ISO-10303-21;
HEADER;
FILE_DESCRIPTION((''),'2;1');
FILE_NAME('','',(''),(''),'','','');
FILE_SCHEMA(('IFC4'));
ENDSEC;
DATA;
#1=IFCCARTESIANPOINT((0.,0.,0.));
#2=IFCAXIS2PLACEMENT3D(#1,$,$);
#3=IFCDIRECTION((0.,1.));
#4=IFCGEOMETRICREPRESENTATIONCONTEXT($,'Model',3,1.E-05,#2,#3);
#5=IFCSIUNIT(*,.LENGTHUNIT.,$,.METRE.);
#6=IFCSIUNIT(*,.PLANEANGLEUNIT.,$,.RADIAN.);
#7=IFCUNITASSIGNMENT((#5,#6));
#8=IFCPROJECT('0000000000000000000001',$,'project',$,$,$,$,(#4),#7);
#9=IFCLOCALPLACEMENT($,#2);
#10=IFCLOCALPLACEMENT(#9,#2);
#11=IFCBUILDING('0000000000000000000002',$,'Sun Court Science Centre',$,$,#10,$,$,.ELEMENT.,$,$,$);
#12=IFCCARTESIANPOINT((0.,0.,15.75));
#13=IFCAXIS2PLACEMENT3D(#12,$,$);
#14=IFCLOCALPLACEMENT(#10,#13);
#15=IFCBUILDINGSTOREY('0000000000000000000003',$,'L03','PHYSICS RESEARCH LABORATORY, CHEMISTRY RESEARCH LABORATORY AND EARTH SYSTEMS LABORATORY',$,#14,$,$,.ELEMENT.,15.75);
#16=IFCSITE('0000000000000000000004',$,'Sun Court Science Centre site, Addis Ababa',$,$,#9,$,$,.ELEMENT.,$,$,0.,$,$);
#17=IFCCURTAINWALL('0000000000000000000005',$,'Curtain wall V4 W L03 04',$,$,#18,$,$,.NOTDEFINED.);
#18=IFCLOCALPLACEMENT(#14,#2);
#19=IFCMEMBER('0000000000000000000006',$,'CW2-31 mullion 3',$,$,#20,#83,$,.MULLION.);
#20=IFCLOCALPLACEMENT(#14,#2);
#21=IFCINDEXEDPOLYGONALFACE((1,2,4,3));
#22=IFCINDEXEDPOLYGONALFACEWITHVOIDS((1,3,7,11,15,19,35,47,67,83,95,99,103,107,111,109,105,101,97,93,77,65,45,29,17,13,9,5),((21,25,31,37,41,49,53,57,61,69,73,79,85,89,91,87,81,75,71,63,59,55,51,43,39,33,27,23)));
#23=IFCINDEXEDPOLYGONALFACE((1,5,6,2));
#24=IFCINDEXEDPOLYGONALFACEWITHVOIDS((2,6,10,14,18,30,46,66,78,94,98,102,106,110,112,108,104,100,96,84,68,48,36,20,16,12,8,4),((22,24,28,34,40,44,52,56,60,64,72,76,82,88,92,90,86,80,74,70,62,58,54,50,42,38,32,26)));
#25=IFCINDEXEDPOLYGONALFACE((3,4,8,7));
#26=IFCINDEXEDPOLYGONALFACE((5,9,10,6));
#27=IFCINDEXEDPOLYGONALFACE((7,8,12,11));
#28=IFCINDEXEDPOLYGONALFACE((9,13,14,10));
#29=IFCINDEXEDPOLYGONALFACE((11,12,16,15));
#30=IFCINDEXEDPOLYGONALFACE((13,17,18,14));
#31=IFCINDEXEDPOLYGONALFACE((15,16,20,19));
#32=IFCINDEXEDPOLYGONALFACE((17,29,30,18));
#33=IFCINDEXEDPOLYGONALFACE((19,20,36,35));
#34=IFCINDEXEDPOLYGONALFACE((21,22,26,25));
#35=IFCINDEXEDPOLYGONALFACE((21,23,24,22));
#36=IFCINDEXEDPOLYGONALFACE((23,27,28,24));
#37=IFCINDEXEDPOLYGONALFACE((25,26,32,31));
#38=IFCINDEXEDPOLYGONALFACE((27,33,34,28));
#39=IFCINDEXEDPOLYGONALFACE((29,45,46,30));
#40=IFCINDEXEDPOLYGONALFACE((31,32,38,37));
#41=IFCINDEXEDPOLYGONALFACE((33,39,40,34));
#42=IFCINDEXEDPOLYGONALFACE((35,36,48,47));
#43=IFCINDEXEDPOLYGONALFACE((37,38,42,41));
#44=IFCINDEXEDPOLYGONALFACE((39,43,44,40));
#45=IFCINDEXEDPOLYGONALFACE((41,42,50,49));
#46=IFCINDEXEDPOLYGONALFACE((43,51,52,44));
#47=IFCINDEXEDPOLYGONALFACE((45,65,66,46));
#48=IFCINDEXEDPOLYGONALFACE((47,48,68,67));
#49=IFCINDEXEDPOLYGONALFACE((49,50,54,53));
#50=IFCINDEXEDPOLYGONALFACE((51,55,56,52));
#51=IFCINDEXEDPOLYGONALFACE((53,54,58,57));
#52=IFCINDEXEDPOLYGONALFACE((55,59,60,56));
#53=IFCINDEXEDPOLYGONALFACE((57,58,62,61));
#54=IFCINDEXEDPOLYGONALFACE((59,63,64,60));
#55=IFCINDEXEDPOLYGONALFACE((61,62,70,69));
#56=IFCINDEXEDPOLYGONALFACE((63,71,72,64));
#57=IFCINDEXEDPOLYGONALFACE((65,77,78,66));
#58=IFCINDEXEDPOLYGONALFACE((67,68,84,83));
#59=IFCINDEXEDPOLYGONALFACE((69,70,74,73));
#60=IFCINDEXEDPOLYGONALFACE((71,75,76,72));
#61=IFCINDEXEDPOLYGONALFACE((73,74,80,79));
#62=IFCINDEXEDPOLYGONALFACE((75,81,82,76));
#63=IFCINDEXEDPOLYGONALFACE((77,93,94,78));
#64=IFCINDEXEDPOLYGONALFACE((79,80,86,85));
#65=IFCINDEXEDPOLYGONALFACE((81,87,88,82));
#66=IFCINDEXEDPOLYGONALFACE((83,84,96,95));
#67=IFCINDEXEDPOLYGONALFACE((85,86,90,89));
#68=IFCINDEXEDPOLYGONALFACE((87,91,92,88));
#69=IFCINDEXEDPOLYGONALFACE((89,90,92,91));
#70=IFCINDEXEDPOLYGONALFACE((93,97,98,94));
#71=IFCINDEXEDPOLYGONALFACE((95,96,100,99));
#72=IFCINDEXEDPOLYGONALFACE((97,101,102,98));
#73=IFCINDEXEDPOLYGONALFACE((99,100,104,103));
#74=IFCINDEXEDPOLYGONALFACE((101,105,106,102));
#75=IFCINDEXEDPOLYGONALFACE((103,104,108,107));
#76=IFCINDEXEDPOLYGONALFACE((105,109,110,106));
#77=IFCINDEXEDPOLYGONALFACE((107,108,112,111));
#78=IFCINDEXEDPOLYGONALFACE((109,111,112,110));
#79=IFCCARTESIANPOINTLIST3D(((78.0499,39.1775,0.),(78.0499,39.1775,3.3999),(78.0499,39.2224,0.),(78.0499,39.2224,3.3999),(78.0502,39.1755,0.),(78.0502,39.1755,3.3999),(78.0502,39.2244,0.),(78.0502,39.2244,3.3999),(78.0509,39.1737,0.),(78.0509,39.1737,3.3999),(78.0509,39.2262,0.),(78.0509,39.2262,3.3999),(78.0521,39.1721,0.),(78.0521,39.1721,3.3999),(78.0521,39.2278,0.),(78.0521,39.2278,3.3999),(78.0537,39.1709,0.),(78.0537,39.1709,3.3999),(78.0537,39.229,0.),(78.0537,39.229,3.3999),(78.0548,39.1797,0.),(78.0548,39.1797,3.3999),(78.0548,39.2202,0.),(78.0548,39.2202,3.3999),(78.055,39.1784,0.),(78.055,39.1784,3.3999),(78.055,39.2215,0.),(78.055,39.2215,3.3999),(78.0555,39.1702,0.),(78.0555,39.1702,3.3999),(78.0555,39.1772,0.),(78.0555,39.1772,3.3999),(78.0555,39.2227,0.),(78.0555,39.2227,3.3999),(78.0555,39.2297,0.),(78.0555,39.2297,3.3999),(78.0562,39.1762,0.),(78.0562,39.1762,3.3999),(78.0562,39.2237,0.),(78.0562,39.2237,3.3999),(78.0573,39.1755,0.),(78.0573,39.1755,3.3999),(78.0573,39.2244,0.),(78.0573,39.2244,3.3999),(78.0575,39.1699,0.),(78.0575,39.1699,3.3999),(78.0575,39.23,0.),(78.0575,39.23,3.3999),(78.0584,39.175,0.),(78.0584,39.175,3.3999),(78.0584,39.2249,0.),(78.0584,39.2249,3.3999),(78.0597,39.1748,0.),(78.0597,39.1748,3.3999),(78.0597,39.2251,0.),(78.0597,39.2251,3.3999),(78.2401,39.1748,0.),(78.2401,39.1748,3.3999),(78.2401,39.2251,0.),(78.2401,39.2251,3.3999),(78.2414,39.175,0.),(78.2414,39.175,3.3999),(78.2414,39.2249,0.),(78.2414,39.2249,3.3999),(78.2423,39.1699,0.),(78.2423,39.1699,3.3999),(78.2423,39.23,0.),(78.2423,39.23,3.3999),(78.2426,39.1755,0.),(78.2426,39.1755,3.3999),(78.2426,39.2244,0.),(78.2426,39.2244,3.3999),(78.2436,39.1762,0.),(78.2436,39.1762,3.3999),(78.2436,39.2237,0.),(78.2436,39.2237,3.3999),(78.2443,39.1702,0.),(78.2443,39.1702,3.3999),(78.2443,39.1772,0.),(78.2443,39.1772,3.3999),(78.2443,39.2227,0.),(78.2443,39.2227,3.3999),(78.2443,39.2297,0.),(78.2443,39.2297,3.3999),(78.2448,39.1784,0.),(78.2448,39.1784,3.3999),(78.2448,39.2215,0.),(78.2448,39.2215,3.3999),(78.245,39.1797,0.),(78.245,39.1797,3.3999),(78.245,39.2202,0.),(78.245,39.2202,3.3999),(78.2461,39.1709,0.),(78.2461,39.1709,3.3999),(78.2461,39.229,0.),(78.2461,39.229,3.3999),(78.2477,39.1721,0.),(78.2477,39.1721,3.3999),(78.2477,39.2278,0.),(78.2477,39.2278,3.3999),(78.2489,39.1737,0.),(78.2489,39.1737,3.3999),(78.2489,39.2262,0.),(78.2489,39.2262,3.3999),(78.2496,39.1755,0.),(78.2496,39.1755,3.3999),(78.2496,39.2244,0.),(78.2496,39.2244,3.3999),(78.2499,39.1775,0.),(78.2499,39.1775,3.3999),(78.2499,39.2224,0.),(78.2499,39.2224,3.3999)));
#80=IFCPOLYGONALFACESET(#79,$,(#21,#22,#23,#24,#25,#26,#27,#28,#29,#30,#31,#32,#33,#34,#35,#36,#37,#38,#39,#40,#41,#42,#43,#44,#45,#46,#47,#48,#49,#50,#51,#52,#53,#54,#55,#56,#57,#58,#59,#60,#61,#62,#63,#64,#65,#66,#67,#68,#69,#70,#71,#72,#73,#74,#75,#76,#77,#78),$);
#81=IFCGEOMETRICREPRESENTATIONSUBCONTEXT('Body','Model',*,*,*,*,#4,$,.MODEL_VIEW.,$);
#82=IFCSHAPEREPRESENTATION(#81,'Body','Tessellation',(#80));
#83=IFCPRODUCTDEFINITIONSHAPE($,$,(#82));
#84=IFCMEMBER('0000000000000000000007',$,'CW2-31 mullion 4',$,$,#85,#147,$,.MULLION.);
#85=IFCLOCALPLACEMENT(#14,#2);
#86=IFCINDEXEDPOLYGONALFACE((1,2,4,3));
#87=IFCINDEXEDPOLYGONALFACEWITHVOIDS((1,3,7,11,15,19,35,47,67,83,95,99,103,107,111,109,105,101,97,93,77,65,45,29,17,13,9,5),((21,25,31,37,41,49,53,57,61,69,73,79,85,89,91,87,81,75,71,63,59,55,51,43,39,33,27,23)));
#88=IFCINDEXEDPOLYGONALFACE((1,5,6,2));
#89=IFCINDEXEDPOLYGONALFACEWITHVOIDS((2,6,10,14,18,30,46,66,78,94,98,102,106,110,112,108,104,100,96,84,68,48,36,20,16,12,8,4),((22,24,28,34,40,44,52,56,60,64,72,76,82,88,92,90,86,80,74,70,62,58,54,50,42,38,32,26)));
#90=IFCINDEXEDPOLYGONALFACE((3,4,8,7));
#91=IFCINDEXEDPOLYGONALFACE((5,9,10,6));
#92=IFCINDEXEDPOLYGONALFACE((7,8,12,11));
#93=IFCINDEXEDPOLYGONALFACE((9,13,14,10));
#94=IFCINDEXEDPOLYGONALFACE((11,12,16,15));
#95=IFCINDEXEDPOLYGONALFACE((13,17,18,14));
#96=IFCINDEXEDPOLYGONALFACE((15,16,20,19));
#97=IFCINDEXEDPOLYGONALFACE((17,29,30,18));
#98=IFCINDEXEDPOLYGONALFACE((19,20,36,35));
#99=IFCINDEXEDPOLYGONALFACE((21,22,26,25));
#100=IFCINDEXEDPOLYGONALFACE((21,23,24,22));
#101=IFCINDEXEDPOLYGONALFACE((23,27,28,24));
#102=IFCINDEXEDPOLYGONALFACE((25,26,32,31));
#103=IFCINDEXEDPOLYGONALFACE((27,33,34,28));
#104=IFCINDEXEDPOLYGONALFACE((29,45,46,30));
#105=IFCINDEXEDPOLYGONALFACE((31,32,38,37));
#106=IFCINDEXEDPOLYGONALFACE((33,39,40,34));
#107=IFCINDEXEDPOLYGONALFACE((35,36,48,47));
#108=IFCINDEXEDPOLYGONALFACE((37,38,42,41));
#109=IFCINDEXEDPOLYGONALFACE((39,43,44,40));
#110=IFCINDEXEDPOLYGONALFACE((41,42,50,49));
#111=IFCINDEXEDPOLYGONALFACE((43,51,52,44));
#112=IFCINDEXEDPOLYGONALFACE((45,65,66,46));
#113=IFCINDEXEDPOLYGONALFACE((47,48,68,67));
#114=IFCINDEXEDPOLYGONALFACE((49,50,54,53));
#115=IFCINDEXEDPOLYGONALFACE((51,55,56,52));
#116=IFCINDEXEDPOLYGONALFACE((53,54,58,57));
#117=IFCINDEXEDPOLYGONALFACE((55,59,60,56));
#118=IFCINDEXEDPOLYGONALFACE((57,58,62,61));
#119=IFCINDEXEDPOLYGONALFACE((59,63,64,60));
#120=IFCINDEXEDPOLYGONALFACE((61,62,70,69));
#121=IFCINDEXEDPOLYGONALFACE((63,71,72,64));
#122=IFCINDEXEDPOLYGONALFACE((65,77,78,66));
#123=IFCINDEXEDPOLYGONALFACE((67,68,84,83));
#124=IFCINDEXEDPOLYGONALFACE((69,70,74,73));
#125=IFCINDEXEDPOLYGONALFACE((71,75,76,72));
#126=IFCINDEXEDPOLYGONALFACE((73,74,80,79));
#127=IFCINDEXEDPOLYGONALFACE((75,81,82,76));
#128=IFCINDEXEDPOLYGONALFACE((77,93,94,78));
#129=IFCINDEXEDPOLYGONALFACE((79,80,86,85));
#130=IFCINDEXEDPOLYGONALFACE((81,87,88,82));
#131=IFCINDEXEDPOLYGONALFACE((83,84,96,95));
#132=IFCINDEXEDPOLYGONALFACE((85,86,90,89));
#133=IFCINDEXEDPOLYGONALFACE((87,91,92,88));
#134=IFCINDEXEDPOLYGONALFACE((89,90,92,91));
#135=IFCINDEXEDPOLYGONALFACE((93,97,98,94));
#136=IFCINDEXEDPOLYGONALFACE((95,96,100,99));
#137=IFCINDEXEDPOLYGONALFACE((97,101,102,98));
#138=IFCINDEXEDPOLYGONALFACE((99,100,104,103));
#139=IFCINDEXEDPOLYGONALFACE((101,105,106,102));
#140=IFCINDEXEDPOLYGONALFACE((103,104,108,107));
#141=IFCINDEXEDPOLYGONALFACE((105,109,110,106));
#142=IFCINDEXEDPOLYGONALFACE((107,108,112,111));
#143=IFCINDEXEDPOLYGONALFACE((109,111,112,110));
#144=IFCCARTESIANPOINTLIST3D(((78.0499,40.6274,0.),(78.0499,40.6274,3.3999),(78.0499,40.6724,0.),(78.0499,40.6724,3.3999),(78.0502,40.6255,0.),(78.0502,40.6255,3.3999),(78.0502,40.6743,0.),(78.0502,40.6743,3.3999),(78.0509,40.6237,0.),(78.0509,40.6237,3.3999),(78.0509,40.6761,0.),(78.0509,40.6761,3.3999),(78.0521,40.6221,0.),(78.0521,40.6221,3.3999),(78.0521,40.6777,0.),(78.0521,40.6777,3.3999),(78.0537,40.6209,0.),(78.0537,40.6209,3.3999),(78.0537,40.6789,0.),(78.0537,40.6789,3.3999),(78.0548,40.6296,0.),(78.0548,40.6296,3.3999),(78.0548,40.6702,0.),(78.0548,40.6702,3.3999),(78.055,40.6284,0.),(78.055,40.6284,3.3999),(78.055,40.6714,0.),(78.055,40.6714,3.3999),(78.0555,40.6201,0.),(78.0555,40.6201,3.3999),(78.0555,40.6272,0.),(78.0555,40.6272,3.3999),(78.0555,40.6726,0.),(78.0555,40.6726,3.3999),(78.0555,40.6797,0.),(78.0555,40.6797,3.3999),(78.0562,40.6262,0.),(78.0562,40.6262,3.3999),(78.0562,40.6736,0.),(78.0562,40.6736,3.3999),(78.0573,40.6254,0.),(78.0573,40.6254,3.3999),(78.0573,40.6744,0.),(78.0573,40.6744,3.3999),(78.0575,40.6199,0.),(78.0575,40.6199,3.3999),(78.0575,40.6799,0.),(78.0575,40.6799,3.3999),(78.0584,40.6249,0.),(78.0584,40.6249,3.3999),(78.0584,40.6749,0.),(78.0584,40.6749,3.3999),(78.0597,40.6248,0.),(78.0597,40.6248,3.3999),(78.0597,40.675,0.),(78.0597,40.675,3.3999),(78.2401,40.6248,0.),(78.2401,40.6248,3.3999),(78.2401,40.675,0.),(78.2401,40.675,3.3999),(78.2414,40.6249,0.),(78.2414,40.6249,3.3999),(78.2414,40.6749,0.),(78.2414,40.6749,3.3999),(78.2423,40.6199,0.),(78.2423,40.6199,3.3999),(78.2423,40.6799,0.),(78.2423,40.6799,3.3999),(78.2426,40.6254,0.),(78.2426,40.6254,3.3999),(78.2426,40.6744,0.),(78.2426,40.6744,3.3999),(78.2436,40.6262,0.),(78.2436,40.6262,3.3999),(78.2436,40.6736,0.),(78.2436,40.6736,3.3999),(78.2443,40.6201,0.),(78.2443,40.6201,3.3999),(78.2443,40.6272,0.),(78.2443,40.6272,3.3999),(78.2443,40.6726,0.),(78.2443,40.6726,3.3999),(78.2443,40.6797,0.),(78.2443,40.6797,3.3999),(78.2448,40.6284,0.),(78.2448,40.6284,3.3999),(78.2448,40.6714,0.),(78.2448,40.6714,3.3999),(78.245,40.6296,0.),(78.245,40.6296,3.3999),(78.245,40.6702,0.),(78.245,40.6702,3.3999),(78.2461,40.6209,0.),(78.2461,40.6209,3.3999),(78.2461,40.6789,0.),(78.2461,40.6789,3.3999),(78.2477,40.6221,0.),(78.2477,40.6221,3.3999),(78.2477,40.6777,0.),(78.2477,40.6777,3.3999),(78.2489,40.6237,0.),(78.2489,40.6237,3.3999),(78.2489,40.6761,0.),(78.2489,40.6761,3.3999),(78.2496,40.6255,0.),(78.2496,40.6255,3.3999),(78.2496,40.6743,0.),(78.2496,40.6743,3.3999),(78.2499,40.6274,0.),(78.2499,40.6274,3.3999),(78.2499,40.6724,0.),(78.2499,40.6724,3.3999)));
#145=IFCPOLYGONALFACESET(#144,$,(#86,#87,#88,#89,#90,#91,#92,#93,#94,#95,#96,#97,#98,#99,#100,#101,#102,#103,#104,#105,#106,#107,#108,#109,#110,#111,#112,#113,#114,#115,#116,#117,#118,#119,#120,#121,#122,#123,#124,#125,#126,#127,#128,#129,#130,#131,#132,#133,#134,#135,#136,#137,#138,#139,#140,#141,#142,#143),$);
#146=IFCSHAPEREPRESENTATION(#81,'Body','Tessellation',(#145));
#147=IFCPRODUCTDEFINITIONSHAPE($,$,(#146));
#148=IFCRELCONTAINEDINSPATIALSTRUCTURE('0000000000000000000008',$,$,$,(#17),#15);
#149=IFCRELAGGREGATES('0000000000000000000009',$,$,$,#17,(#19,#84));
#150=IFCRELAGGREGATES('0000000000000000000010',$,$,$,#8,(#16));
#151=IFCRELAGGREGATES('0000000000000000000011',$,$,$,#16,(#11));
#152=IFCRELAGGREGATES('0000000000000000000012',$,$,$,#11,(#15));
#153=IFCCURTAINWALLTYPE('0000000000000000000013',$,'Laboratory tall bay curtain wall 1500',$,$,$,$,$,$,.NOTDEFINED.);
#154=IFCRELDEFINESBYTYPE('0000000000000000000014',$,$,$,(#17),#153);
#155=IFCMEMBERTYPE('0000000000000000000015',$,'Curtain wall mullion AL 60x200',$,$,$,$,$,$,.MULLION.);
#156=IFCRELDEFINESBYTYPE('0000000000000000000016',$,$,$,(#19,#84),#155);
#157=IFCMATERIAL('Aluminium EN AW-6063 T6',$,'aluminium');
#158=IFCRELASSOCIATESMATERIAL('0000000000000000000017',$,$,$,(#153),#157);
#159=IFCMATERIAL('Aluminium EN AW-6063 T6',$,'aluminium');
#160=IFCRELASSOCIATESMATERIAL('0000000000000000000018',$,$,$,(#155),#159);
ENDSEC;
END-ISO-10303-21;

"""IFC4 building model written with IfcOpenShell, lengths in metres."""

from ifc_helpers import new_model, si_unit, direction, frame, origin, origin_2d, place, context, subcontext, project, spatial, hollow_rectangle, extrude, material, material_profile, profile_set, type_object, element, aggregate, save


model = new_model("IFC4")

# Units and contexts
model_context = context("Model", 3, precision=1e-05, world=origin(), true_north=direction((0.0, 1.0)))
body_context = subcontext(model_context, "Body", "Model", "MODEL_VIEW")
ifc_project = project(units=[si_unit("LENGTHUNIT", "METRE"), si_unit("PLANEANGLEUNIT", "RADIAN")], contexts=[model_context])

# Site, building, storey
site_placement = place(None, origin())
site = spatial("IfcSite", under=ifc_project, at=site_placement, Name="Sun Court Science Centre site, Addis Ababa", CompositionType="ELEMENT", RefElevation=0.0)
building_placement = place(site_placement, origin())
building = spatial("IfcBuilding", under=site, at=building_placement, Name="Sun Court Science Centre", CompositionType="ELEMENT")
storey_placement = place(building_placement, frame((0.0, 0.0, 15.75)))
storey = spatial("IfcBuildingStorey", under=building, at=storey_placement, Name="L03", Description="PHYSICS RESEARCH LABORATORY, CHEMISTRY RESEARCH LABORATORY AND EARTH SYSTEMS LABORATORY", CompositionType="ELEMENT", Elevation=15.75)

# Curtain wall, members
ifc_material_1 = material(Name="Aluminium EN AW-6063 T6", Category="aluminium")
curtain_wall_type = type_object("IfcCurtainWallType", Name="Laboratory tall bay curtain wall 1500", PredefinedType="NOTDEFINED", material=ifc_material_1)
curtain_wall_1_placement = place(storey_placement, origin())
curtain_wall_1 = element("IfcCurtainWall", 1, at=curtain_wall_1_placement, inside=storey, type_object=curtain_wall_type, Name="Curtain wall V4 W L03 04", PredefinedType="NOTDEFINED")
ifc_material_2 = material(Name="Aluminium EN AW-6063 T6", Category="aluminium")
ifc_material_profile_1 = material_profile(ifc_material_2, hollow_rectangle(XDim=0.0601, YDim=0.2, WallThickness=0.0049, InnerFilletRadius=0.0049, OuterFilletRadius=0.0076, at=origin_2d()), Name="AL 60x200x5")
ifc_profile_set_1 = profile_set([ifc_material_profile_1], Name="Aluminium EN AW-6063 T6")
member_type_1 = type_object("IfcMemberType", Name="Curtain wall mullion AL 60x200", PredefinedType="MULLION", material=ifc_profile_set_1)
member_1_placement = place(storey_placement, frame((78.1499, 39.2, 0.0), z_axis=(0.0, 0.0, 1.0), x_axis=(0.0, 1.0, 0.0)))
member_1 = element("IfcMember", 2, at=member_1_placement, type_object=member_type_1, Name="CW2-31 mullion 3", PredefinedType="MULLION", context=body_context, shape_type="SweptSolid", body=[
    extrude(hollow_rectangle(XDim=0.0601, YDim=0.2, WallThickness=0.0049, InnerFilletRadius=0.0049, OuterFilletRadius=0.0076, at=origin_2d()), origin(), (0.0, 0.0, 1.0), 3.3999),
])
member_2_placement = place(storey_placement, frame((78.1499, 40.6499, 0.0), z_axis=(0.0, 0.0, 1.0), x_axis=(0.0, 1.0, 0.0)))
member_2 = element("IfcMember", 3, at=member_2_placement, type_object=member_type_1, Name="CW2-31 mullion 4", PredefinedType="MULLION", context=body_context, shape_type="SweptSolid", body=[
    extrude(hollow_rectangle(XDim=0.0601, YDim=0.2, WallThickness=0.0049, InnerFilletRadius=0.0049, OuterFilletRadius=0.0076, at=origin_2d()), origin(), (0.0, 0.0, 1.0), 3.3999),
])

aggregate(curtain_wall_1, [member_1, member_2])

save(model, "model.ifc")
